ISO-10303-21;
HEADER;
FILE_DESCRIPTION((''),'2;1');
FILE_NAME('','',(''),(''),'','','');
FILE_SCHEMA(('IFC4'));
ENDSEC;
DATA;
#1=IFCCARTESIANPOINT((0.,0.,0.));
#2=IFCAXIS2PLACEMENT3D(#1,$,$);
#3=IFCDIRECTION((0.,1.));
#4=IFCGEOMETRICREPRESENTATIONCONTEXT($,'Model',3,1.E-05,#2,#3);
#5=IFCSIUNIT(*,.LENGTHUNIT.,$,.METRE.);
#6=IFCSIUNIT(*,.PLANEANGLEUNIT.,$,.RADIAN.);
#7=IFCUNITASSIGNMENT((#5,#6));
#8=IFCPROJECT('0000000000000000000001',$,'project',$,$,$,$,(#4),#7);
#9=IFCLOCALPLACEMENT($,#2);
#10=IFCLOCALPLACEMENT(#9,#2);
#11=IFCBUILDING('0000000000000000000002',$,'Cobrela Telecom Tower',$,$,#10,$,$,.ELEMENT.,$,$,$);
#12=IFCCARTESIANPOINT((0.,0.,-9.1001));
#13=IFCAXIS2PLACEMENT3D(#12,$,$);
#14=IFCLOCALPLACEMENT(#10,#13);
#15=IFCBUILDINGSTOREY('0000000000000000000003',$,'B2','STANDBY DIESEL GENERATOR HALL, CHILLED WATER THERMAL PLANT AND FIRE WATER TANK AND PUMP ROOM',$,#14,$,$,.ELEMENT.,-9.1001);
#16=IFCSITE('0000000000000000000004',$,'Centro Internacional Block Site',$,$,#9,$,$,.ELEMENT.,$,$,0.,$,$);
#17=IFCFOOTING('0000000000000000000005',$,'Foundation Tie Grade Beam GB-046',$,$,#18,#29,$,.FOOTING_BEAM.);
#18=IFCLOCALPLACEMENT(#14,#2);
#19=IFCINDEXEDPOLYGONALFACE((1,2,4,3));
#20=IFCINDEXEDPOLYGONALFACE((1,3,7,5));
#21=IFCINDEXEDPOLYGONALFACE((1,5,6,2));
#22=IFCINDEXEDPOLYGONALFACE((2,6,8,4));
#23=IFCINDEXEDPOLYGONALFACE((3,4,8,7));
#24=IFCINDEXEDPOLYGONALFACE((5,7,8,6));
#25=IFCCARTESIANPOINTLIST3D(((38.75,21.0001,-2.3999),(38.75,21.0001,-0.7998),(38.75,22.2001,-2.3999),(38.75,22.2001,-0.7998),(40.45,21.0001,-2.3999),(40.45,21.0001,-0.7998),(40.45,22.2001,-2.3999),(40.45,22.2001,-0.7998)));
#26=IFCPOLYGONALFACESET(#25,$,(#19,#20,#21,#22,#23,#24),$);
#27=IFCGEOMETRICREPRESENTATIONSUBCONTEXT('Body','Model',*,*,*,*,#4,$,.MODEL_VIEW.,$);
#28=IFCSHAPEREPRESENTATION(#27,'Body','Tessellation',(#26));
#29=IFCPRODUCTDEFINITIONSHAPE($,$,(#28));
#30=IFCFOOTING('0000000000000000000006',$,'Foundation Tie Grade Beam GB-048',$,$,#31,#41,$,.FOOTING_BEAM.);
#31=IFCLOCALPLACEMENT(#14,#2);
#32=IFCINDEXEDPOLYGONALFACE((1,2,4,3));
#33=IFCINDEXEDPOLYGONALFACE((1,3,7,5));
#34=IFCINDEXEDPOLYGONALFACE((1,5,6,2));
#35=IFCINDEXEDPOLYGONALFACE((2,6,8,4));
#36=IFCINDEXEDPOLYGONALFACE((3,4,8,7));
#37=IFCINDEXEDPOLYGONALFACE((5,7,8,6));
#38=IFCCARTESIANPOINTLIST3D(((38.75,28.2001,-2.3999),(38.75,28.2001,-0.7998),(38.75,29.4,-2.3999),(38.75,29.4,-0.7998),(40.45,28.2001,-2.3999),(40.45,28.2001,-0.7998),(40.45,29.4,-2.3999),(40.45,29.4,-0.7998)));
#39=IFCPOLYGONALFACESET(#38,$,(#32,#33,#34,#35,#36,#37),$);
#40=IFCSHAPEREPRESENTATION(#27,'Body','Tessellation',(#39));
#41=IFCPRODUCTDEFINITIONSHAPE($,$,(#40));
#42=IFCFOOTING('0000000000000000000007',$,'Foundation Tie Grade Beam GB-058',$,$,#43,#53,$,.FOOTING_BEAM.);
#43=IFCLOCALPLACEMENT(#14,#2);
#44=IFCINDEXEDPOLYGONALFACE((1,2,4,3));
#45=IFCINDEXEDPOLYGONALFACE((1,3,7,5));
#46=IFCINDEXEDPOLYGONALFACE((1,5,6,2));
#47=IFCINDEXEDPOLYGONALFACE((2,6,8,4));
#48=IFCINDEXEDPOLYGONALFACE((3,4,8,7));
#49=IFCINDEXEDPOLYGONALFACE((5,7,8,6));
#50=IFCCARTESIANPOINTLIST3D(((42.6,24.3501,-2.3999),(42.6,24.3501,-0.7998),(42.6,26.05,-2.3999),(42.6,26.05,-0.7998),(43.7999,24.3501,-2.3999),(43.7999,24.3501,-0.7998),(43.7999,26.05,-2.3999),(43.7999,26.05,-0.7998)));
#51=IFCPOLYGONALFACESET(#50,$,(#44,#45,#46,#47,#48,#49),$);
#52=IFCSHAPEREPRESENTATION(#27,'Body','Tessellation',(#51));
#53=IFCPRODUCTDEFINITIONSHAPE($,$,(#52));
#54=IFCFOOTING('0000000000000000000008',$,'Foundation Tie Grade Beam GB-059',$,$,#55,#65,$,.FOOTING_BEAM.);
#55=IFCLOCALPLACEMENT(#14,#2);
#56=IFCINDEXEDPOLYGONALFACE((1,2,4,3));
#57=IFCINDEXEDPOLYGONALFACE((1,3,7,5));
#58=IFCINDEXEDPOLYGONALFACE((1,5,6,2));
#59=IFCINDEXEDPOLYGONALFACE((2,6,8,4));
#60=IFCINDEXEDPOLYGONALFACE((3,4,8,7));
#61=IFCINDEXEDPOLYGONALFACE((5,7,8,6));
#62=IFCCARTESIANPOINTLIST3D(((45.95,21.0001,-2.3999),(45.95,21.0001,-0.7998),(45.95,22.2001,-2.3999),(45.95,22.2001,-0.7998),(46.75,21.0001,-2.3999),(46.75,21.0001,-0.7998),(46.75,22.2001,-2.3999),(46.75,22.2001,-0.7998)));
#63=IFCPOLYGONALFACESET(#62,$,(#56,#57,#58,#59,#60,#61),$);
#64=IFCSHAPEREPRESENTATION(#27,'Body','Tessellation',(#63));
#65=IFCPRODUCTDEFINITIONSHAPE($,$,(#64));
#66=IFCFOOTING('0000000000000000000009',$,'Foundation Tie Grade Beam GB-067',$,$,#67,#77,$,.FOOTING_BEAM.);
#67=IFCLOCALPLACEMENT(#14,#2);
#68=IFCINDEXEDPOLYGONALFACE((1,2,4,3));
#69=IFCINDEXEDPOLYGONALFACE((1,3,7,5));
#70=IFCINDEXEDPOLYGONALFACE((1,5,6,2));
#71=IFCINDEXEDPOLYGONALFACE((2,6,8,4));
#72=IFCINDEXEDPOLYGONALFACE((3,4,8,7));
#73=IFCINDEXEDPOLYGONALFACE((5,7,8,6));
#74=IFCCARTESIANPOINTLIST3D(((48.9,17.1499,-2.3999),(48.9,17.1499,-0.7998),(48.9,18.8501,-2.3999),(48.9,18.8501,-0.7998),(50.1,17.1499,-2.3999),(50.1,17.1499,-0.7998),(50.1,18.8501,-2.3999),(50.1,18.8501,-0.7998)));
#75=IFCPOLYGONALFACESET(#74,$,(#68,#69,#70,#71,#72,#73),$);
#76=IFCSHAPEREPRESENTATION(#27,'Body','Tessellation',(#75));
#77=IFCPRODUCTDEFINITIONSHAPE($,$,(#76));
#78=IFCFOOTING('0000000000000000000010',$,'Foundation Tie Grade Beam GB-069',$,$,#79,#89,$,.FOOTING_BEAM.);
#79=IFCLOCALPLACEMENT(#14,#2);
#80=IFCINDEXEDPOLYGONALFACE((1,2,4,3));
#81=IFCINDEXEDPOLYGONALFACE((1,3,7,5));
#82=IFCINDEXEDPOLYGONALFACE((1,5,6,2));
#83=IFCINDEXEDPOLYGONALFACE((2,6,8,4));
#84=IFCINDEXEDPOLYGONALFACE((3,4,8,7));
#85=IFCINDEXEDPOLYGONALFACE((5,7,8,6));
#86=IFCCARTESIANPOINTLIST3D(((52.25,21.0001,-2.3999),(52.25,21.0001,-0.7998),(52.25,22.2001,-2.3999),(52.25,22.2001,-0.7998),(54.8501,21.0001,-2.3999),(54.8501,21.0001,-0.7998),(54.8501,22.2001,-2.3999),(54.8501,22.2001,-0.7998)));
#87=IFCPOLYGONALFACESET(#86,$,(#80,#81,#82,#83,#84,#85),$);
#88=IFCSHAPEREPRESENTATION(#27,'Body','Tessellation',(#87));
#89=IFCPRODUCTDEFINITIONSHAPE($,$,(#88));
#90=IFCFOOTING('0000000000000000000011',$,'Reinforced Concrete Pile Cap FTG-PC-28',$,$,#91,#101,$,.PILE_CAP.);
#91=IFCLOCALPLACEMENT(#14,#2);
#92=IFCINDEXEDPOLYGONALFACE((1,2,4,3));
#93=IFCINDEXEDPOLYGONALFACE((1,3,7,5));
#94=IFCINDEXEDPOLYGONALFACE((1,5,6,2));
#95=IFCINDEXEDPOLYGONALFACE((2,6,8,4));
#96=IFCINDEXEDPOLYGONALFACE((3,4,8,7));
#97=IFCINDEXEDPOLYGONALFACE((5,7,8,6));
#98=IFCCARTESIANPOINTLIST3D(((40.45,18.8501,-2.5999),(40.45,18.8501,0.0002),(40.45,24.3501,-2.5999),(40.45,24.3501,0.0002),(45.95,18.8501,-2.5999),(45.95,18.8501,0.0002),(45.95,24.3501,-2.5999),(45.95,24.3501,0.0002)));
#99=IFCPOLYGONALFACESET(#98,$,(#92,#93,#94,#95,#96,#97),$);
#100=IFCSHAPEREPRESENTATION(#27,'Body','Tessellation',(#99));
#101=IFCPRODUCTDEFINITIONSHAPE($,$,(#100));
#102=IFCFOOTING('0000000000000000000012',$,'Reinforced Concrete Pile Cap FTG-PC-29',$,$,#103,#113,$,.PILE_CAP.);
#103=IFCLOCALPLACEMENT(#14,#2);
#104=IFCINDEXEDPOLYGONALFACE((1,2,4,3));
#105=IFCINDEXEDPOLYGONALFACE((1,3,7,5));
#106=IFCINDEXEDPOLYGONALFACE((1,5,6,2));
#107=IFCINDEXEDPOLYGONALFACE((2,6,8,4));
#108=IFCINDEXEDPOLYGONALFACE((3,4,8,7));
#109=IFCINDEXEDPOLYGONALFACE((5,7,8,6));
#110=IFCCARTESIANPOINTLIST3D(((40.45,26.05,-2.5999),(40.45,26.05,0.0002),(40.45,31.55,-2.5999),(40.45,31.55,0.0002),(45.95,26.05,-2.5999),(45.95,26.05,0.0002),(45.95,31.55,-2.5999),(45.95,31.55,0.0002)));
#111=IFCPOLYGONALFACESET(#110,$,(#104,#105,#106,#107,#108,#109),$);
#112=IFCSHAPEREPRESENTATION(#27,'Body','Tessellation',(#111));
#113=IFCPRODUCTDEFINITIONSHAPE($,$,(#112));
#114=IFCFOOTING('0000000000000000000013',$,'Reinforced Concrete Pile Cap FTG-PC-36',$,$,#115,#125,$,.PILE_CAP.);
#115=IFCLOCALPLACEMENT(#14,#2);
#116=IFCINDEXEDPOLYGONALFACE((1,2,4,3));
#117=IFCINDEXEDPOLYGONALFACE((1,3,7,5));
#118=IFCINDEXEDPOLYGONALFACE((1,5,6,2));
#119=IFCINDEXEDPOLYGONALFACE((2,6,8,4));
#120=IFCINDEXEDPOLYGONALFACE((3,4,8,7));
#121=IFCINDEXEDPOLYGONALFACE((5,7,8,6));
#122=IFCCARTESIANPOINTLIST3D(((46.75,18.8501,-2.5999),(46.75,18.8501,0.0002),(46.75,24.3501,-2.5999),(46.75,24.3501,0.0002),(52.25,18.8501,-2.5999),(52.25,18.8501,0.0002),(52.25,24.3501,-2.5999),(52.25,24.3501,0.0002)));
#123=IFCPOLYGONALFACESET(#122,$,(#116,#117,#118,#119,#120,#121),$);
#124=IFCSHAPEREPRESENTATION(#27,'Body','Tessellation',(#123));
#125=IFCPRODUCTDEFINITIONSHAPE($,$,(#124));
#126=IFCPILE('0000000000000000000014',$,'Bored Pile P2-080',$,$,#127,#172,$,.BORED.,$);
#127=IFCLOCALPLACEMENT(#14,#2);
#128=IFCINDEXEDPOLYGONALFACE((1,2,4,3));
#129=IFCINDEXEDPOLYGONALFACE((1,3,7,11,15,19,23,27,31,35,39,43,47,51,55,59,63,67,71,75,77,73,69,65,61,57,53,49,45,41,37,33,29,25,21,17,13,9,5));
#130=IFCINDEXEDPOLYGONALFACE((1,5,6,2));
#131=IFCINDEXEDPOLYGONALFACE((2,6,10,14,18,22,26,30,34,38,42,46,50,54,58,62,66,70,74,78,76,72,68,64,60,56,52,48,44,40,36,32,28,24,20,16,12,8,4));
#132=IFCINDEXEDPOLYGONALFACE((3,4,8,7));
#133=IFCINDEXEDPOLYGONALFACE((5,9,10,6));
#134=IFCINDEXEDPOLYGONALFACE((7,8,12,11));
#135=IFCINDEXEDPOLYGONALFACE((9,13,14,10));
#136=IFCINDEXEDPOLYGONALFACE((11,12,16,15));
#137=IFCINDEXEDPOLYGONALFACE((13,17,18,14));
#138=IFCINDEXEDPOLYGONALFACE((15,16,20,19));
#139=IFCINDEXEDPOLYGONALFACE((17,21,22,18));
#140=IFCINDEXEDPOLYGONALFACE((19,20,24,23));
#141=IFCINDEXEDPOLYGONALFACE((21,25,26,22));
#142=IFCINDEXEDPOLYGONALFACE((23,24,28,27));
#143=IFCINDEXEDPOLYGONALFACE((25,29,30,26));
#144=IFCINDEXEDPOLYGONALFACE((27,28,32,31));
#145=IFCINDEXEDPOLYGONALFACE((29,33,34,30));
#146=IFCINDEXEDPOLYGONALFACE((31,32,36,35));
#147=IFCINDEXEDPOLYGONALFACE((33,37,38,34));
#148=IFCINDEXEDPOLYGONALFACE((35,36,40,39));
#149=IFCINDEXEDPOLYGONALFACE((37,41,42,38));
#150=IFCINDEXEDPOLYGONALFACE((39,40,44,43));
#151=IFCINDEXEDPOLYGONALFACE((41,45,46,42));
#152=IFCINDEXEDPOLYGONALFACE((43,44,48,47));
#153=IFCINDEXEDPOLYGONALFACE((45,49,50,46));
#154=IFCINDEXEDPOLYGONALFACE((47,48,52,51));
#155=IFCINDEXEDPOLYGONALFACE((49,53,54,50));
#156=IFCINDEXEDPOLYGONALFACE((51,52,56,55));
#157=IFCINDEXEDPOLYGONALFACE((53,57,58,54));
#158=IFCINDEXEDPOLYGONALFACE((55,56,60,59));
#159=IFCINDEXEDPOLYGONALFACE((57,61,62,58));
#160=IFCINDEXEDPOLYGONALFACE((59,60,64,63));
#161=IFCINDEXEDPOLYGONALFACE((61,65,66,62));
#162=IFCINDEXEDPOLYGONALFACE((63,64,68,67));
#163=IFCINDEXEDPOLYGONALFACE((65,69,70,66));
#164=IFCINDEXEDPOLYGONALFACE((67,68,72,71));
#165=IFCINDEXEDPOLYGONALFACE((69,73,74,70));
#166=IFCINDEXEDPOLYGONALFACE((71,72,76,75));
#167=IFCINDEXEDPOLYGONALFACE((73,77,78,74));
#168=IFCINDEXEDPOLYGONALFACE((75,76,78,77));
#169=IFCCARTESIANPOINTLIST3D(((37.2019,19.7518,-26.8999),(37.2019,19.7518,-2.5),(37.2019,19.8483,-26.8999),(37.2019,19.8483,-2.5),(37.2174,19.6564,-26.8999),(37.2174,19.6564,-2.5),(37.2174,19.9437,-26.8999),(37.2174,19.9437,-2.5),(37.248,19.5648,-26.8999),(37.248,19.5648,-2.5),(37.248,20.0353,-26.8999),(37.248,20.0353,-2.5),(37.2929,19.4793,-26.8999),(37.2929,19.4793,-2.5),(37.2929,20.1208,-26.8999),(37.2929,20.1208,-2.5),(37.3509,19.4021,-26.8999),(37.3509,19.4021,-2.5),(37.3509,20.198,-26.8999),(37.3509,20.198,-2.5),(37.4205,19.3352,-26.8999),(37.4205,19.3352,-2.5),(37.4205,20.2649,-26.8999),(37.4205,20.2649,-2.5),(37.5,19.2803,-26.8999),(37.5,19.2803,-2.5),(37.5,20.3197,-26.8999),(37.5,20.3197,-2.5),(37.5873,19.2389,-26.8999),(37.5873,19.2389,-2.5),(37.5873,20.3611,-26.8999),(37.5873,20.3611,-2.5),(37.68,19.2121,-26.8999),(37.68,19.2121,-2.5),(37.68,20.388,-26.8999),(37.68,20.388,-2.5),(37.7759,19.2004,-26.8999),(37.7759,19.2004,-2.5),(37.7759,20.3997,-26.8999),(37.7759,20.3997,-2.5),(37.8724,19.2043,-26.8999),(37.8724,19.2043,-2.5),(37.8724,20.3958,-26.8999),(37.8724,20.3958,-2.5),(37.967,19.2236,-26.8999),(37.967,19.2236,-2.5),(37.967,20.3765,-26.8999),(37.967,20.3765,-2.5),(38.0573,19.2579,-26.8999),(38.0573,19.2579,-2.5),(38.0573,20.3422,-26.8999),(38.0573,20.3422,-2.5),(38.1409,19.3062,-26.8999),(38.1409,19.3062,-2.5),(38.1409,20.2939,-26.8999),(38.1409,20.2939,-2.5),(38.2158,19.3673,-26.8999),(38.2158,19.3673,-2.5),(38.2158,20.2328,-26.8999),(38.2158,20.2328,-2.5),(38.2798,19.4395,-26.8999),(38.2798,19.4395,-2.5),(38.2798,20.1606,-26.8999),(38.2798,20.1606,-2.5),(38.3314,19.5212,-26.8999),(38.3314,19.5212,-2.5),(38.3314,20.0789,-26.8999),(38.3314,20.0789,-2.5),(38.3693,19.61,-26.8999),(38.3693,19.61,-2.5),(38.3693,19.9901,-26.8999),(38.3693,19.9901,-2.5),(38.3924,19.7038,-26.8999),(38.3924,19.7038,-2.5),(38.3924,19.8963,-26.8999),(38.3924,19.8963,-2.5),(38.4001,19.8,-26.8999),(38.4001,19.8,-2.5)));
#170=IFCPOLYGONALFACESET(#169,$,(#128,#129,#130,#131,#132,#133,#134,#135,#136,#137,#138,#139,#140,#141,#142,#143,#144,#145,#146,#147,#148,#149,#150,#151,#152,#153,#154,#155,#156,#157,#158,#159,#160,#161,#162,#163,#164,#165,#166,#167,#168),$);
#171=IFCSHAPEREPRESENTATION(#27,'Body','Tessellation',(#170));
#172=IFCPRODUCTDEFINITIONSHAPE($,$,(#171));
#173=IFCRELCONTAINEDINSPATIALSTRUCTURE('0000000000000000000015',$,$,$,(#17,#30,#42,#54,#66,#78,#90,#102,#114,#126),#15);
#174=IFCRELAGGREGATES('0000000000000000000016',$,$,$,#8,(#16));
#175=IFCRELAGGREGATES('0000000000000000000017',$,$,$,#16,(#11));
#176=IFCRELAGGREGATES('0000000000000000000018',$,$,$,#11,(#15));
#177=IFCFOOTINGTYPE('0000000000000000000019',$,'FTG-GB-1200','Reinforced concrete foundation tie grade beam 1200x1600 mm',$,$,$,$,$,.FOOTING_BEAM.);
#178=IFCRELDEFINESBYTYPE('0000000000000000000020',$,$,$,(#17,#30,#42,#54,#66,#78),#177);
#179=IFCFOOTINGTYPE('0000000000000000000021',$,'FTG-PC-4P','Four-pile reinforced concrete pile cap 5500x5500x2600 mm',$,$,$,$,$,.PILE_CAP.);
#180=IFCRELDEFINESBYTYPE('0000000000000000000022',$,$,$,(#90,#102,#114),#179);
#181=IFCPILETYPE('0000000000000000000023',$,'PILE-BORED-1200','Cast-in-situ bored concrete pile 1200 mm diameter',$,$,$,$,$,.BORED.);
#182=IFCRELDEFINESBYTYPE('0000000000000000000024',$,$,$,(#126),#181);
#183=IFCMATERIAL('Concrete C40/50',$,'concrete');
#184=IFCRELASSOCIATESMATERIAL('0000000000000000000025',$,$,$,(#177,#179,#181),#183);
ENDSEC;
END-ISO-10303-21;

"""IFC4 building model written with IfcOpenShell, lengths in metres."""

from ifc_helpers import new_model, si_unit, direction, frame, origin, origin_2d, place, context, subcontext, project, spatial, rectangle, circle, extrude, material, material_profile, profile_set, type_object, element, save


model = new_model("IFC4")

# Units and contexts
model_context = context("Model", 3, precision=1e-05, world=origin(), true_north=direction((0.0, 1.0)))
body_context = subcontext(model_context, "Body", "Model", "MODEL_VIEW")
ifc_project = project(units=[si_unit("LENGTHUNIT", "METRE"), si_unit("PLANEANGLEUNIT", "RADIAN")], contexts=[model_context])

# Site, building, storey
site_placement = place(None, origin())
site = spatial("IfcSite", under=ifc_project, at=site_placement, Name="Centro Internacional Block Site", CompositionType="ELEMENT", RefElevation=0.0)
building_placement = place(site_placement, origin())
building = spatial("IfcBuilding", under=site, at=building_placement, Name="Cobrela Telecom Tower", CompositionType="ELEMENT")
storey_placement = place(building_placement, frame((0.0, 0.0, -9.1001)))
storey = spatial("IfcBuildingStorey", under=building, at=storey_placement, Name="B2", Description="STANDBY DIESEL GENERATOR HALL, CHILLED WATER THERMAL PLANT AND FIRE WATER TANK AND PUMP ROOM", CompositionType="ELEMENT", Elevation=-9.1001)

# Footings
ifc_material_1 = material(Name="Concrete C40/50", Category="concrete")
ifc_material_profile_1 = material_profile(ifc_material_1, rectangle(XDim=1.2, YDim=1.6001, at=origin_2d()), Name="GB 1200x1600")
ifc_profile_set_1 = profile_set([ifc_material_profile_1], Name="Concrete C40/50")
footing_type_1 = type_object("IfcFootingType", Name="FTG-GB-1200", Description="Reinforced concrete foundation tie grade beam 1200x1600 mm", PredefinedType="FOOTING_BEAM", material=ifc_profile_set_1)
for number, where, z_axis, x_axis, name in (
    (1, (38.75, 21.6001, -1.5999), (1.0, 0.0, 0.0), (0.0, 1.0, 0.0), "Foundation Tie Grade Beam GB-046"),
    (2, (38.75, 28.8, -1.5999), (1.0, 0.0, 0.0), (0.0, 1.0, 0.0), "Foundation Tie Grade Beam GB-048"),
    (3, (43.2, 24.3501, -1.5999), (0.0, 1.0, 0.0), (-1.0, 0.0, 0.0), "Foundation Tie Grade Beam GB-058"),
):
    element("IfcFooting", number, at=place(storey_placement, frame(where, z_axis=z_axis, x_axis=x_axis)), inside=storey, type_object=footing_type_1, Name=name, PredefinedType="FOOTING_BEAM", context=body_context, shape_type="SweptSolid", body=[
        extrude(rectangle(XDim=1.2, YDim=1.6001, at=origin_2d()), origin(), (0.0, 0.0, 1.0), 1.7),
    ])
footing_1_placement = place(storey_placement, frame((45.95, 21.6001, -1.5999), z_axis=(1.0, 0.0, 0.0), x_axis=(0.0, 1.0, 0.0)))
element("IfcFooting", 4, at=footing_1_placement, inside=storey, type_object=footing_type_1, Name="Foundation Tie Grade Beam GB-059", PredefinedType="FOOTING_BEAM", context=body_context, shape_type="SweptSolid", body=[
    extrude(rectangle(XDim=1.2, YDim=1.6001, at=origin_2d()), origin(), (0.0, 0.0, 1.0), 0.8),
])
footing_2_placement = place(storey_placement, frame((49.5, 17.1499, -1.5999), z_axis=(0.0, 1.0, 0.0), x_axis=(-1.0, 0.0, 0.0)))
element("IfcFooting", 5, at=footing_2_placement, inside=storey, type_object=footing_type_1, Name="Foundation Tie Grade Beam GB-067", PredefinedType="FOOTING_BEAM", context=body_context, shape_type="SweptSolid", body=[
    extrude(rectangle(XDim=1.2, YDim=1.6001, at=origin_2d()), origin(), (0.0, 0.0, 1.0), 1.7002),
])
footing_3_placement = place(storey_placement, frame((52.25, 21.6001, -1.5999), z_axis=(1.0, 0.0, 0.0), x_axis=(0.0, 1.0, 0.0)))
element("IfcFooting", 6, at=footing_3_placement, inside=storey, type_object=footing_type_1, Name="Foundation Tie Grade Beam GB-069", PredefinedType="FOOTING_BEAM", context=body_context, shape_type="SweptSolid", body=[
    extrude(rectangle(XDim=1.2, YDim=1.6001, at=origin_2d()), origin(), (0.0, 0.0, 1.0), 2.6001),
])
footing_type_2 = type_object("IfcFootingType", Name="FTG-PC-4P", Description="Four-pile reinforced concrete pile cap 5500x5500x2600 mm", PredefinedType="PILE_CAP", material=ifc_material_1)
for number, where, z_axis, x_axis, name in (
    (7, (43.2, 21.6001, -2.5999), (0.0, 0.0, 1.0), (1.0, 0.0, 0.0), "Reinforced Concrete Pile Cap FTG-PC-28"),
    (8, (43.2, 28.8, -2.5999), (0.0, 0.0, 1.0), (1.0, 0.0, 0.0), "Reinforced Concrete Pile Cap FTG-PC-29"),
    (9, (49.5, 21.6001, -2.5999), (0.0, 0.0, 1.0), (1.0, 0.0, 0.0), "Reinforced Concrete Pile Cap FTG-PC-36"),
):
    element("IfcFooting", number, at=place(storey_placement, frame(where, z_axis=z_axis, x_axis=x_axis)), inside=storey, type_object=footing_type_2, Name=name, PredefinedType="PILE_CAP", context=body_context, shape_type="SweptSolid", body=[
        extrude(rectangle(XDim=5.5, YDim=5.5, at=origin_2d()), origin(), (0.0, 0.0, 1.0), 2.6001),
    ])

# Pile
ifc_material_profile_2 = material_profile(ifc_material_1, circle(Radius=0.6001, at=origin_2d()), Name="BORED PILE D1200")
ifc_profile_set_2 = profile_set([ifc_material_profile_2], Name="Concrete C40/50")
pile_type = type_object("IfcPileType", Name="PILE-BORED-1200", Description="Cast-in-situ bored concrete pile 1200 mm diameter", PredefinedType="BORED", material=ifc_profile_set_2)
for number, where, z_axis, x_axis, name in (
    (10, (37.8, 19.8, -2.5), (0.0, 0.0, -1.0), (1.0, 0.0, 0.0), "Bored Pile P2-080"),
):
    element("IfcPile", number, at=place(storey_placement, frame(where, z_axis=z_axis, x_axis=x_axis)), inside=storey, type_object=pile_type, Name=name, PredefinedType="BORED", context=body_context, shape_type="SweptSolid", body=[
        extrude(circle(Radius=0.6001, at=origin_2d()), origin(), (0.0, 0.0, 1.0), 24.3999),
    ])

save(model, "model.ifc")
